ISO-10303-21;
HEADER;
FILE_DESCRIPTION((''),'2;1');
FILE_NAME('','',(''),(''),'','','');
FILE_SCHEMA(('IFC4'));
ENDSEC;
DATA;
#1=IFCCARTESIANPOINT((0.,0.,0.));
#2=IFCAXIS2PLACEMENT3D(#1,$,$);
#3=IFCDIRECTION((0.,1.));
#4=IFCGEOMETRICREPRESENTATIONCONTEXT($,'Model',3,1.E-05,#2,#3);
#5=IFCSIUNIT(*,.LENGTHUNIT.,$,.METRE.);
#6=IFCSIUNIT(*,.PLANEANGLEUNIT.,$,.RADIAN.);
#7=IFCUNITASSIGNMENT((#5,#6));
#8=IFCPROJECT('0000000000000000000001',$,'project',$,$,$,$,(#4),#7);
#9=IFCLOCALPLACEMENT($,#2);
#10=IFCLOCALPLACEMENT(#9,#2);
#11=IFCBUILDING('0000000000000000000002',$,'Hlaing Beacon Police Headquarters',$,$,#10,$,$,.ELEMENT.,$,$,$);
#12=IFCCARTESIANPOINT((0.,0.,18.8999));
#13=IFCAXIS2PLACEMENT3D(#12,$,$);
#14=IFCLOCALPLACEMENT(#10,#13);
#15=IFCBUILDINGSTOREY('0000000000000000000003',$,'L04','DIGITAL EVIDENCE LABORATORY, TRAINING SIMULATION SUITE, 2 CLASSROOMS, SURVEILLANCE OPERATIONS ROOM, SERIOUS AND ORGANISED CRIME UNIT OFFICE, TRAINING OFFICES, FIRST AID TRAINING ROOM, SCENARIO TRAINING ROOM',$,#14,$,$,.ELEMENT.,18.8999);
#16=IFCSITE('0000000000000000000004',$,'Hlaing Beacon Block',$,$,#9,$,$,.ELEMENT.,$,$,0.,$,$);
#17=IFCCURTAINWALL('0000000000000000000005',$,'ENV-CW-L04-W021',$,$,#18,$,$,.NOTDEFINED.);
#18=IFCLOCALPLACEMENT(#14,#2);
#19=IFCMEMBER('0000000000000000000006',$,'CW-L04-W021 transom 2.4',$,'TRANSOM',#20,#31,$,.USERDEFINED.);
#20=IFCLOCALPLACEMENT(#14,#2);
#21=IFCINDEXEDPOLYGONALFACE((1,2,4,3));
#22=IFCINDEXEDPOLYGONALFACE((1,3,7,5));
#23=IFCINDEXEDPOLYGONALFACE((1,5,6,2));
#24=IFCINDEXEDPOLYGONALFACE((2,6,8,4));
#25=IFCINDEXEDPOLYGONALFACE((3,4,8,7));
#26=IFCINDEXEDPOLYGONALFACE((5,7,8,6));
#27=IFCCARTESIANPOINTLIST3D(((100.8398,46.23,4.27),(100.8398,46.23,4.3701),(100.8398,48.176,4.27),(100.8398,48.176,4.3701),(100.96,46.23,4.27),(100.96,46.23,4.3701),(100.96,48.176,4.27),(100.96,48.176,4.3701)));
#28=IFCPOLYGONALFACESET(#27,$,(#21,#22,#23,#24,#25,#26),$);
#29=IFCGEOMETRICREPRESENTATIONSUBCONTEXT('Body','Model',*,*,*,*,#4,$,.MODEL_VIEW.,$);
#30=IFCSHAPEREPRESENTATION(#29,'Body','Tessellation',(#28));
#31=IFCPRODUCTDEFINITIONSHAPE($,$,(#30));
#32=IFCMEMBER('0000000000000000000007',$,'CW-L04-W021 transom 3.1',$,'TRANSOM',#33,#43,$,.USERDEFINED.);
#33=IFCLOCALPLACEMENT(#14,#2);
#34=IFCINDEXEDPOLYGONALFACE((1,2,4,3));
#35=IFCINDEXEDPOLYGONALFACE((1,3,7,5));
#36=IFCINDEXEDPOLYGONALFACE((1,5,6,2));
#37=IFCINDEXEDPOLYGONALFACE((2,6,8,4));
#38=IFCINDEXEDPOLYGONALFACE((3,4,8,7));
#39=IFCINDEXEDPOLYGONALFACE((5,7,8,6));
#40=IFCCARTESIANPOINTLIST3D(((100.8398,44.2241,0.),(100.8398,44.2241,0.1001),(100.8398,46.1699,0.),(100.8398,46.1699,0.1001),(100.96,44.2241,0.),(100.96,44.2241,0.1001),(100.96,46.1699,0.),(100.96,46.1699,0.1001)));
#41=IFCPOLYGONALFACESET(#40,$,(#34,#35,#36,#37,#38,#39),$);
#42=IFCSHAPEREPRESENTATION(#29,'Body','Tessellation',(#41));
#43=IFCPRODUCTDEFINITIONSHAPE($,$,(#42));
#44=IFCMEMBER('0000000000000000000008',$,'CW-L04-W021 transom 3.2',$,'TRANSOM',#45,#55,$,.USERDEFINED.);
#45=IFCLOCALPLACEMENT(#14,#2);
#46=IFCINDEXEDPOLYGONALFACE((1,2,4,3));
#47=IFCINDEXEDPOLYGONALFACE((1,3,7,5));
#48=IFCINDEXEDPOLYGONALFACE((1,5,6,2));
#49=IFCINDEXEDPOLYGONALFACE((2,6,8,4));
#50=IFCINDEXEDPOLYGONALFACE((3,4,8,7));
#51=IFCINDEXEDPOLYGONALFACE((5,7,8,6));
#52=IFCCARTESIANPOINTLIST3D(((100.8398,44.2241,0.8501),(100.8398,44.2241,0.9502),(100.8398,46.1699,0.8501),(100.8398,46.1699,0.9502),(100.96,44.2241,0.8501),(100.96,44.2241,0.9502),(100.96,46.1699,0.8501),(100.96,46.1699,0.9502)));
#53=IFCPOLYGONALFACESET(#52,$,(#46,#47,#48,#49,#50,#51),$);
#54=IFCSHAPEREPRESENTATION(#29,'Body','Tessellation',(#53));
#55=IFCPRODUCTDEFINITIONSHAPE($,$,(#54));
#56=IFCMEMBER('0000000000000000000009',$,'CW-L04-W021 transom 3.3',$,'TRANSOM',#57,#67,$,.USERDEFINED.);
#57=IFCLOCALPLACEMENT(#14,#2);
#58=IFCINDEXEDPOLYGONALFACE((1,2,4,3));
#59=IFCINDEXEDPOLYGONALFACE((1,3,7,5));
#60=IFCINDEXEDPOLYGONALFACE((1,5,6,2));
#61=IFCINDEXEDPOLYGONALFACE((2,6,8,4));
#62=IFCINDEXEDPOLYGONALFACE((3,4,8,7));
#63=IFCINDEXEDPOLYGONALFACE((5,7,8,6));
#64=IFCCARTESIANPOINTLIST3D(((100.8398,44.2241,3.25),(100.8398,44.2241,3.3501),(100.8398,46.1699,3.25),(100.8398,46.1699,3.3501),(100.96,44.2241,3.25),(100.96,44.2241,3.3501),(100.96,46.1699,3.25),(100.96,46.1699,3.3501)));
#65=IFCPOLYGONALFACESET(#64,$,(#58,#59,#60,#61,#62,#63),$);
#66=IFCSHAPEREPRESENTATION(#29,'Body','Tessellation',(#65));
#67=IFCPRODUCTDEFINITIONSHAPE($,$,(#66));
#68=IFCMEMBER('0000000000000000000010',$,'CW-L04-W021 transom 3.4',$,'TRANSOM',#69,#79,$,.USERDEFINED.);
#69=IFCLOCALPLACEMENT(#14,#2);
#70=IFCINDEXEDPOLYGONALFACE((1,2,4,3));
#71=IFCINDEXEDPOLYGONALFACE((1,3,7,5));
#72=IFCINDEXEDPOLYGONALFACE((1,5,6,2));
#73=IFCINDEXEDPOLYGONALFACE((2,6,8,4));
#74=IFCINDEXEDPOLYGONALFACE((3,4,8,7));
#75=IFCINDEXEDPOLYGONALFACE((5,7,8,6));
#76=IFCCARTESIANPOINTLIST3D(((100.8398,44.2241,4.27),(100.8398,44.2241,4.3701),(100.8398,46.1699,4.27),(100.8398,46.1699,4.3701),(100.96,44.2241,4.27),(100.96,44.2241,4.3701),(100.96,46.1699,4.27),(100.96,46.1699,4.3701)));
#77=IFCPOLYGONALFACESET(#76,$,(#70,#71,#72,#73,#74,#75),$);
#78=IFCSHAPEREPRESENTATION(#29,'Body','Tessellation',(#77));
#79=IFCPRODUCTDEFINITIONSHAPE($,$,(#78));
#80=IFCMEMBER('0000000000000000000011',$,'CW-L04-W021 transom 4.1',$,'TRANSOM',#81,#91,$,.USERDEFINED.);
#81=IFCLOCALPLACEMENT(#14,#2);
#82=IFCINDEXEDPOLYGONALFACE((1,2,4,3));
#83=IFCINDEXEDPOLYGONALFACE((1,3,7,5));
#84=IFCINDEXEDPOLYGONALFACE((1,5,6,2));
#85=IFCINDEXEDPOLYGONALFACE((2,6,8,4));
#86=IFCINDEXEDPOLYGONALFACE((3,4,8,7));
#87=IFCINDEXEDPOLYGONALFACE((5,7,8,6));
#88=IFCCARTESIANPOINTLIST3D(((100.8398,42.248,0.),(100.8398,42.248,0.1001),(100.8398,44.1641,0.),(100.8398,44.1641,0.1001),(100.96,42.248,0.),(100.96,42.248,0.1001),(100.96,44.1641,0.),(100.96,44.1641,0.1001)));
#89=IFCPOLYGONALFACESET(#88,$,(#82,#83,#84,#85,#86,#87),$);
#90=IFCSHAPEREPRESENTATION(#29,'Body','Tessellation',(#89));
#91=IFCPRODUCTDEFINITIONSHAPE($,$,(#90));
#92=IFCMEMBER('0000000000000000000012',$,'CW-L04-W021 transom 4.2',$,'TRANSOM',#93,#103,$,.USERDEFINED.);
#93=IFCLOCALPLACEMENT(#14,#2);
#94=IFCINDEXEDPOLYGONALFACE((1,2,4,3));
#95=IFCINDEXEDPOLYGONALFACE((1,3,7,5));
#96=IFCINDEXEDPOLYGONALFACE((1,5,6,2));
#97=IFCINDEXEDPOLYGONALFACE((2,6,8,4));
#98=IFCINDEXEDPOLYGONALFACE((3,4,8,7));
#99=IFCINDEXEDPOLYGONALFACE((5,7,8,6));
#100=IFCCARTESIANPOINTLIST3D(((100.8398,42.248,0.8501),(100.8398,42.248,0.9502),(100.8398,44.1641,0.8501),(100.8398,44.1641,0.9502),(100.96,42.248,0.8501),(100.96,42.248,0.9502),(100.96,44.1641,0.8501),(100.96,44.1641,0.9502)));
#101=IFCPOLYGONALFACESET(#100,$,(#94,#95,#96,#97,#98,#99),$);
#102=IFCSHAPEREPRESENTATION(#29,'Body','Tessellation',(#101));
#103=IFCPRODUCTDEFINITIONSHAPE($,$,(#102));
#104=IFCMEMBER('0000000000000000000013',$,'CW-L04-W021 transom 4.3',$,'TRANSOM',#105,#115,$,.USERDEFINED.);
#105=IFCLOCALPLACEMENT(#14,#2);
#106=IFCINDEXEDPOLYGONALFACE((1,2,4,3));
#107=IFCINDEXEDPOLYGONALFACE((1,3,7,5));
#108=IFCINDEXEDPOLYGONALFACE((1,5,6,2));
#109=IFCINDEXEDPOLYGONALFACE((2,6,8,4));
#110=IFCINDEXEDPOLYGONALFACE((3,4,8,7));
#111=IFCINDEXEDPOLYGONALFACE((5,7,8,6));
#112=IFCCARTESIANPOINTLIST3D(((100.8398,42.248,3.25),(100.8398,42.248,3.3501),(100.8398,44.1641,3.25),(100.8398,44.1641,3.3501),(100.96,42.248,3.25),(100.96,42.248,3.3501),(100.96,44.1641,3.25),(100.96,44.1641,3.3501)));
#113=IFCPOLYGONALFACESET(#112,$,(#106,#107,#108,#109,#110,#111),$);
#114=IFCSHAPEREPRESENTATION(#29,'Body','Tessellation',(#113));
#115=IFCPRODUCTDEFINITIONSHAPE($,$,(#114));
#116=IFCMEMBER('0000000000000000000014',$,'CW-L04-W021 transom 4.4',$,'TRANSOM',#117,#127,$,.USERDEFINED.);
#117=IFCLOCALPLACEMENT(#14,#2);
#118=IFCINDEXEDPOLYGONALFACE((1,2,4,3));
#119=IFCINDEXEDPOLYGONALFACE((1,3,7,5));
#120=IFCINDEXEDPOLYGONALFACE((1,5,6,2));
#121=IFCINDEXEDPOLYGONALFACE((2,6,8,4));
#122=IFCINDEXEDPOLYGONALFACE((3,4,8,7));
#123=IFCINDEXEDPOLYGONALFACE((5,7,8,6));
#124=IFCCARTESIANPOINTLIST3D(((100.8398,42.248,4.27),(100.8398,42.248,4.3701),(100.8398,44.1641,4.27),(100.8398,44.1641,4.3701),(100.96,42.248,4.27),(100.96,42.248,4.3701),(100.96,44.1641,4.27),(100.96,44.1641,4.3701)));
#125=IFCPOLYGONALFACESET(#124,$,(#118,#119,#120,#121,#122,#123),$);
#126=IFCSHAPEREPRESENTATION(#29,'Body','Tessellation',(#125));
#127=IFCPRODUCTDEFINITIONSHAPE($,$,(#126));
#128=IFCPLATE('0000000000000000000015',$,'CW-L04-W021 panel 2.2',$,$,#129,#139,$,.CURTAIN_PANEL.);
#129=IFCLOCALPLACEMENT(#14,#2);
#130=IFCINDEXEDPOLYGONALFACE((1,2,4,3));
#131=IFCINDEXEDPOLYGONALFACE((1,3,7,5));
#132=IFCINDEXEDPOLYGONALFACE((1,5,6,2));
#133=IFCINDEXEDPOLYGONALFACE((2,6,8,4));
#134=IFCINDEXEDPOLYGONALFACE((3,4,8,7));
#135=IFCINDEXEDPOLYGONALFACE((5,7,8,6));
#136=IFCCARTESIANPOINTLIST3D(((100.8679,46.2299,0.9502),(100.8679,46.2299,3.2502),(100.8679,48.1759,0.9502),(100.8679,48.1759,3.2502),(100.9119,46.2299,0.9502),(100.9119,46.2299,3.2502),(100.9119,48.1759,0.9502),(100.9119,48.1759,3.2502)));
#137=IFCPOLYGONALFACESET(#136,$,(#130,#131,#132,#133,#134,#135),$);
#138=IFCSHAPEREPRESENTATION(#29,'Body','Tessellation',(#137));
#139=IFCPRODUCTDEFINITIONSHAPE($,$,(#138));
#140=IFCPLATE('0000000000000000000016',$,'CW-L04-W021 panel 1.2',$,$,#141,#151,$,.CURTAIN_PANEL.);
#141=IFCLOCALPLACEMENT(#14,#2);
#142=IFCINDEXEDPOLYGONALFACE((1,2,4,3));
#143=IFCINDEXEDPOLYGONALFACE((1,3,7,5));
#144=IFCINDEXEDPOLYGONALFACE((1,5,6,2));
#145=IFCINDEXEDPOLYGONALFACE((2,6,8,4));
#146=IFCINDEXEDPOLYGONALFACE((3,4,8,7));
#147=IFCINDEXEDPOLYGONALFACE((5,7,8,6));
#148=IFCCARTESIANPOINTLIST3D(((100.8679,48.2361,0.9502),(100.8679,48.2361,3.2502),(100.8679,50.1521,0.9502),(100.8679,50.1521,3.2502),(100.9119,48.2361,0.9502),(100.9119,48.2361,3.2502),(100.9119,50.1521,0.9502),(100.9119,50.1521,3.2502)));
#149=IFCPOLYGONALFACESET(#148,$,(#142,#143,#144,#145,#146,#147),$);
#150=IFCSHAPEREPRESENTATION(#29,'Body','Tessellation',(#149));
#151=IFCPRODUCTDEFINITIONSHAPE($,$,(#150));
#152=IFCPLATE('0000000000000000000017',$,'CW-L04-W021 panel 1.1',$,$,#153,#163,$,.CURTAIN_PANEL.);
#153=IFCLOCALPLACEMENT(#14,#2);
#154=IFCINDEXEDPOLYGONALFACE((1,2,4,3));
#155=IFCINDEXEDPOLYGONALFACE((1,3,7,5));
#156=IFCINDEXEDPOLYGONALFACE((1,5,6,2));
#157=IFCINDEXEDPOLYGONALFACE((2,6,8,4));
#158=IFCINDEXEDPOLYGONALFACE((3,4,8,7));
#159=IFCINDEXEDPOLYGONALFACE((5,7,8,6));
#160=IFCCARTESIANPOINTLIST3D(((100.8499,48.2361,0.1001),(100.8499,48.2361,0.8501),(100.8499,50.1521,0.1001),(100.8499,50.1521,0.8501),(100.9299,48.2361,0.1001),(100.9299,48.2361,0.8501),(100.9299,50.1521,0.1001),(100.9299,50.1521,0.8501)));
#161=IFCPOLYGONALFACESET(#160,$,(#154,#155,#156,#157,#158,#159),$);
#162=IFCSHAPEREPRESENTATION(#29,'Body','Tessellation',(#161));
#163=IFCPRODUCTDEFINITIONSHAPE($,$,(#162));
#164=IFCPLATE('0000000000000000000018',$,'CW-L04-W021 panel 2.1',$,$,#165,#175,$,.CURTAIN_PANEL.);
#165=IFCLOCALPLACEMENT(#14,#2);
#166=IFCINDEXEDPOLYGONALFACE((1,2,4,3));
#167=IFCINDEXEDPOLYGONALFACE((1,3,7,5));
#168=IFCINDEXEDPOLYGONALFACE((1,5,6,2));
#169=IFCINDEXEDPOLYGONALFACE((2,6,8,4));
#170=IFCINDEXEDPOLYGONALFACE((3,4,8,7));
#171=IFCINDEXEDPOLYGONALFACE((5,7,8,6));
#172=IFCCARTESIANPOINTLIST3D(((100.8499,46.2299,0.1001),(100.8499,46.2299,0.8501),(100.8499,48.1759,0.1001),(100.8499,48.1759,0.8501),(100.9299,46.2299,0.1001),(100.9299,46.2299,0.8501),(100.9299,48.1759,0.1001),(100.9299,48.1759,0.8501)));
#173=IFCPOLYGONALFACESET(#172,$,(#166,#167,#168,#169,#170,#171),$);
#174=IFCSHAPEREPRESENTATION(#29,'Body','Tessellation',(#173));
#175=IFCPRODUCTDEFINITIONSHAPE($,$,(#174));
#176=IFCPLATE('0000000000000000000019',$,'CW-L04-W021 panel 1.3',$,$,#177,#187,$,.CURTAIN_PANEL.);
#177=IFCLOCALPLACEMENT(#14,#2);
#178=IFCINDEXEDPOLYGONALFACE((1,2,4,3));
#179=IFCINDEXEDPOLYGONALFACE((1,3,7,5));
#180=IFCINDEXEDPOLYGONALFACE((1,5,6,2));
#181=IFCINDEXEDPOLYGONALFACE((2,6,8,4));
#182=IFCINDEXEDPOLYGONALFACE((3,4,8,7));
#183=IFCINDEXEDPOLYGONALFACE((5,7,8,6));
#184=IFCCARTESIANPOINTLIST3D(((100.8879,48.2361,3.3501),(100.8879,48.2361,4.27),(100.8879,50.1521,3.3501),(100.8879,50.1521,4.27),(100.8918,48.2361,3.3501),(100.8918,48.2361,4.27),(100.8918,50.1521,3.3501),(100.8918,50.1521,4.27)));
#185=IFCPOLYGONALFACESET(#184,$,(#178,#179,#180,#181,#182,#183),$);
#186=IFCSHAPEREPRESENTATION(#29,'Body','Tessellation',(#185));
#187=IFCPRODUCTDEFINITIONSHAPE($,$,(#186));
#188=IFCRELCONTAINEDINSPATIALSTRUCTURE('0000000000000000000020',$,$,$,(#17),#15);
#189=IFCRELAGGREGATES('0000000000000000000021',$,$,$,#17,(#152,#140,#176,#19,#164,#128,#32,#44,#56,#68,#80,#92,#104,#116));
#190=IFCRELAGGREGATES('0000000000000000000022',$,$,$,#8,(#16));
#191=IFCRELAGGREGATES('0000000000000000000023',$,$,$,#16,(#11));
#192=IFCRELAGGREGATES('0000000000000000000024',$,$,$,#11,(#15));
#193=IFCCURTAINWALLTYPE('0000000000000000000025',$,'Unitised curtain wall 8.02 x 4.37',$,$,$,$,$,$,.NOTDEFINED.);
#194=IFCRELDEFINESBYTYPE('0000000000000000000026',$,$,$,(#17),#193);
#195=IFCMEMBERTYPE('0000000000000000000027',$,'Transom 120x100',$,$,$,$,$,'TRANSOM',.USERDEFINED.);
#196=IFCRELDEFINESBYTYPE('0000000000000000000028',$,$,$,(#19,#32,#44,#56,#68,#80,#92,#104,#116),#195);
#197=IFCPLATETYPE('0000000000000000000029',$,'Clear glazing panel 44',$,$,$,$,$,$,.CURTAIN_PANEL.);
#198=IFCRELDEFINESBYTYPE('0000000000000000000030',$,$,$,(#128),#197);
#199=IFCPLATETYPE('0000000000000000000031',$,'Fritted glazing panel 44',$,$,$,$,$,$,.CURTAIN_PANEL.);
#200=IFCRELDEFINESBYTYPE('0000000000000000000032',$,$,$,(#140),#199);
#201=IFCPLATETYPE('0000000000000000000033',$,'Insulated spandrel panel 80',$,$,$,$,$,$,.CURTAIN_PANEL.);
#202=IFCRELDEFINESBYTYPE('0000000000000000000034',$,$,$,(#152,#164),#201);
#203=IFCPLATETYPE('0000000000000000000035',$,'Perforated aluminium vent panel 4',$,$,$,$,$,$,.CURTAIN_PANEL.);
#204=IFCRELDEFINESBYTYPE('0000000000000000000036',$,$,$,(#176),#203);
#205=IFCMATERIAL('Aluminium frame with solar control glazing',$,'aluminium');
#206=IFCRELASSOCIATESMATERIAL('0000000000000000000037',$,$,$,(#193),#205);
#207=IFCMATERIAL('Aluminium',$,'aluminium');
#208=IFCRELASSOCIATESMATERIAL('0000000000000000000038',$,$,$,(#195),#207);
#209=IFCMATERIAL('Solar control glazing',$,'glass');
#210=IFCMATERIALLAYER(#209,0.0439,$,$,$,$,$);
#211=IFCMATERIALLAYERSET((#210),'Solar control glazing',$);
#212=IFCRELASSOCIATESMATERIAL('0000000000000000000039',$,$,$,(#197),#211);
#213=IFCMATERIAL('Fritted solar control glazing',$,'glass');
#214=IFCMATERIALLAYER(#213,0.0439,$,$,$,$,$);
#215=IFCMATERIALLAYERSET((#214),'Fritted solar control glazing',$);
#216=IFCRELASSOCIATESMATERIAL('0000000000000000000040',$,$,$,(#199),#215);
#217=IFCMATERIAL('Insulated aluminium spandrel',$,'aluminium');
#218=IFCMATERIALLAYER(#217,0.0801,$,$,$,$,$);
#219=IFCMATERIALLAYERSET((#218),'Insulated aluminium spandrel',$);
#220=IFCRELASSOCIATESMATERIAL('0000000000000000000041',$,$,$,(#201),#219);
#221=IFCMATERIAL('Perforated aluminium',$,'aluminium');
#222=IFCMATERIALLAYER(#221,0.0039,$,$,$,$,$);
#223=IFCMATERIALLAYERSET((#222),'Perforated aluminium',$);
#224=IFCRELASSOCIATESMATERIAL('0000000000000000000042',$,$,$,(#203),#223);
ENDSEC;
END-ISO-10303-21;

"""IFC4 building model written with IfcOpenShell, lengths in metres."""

from ifc_helpers import new_model, si_unit, direction, frame, origin, origin_2d, place, context, subcontext, project, spatial, rectangle, extrude, material, layer, layer_set, material_profile, profile_set, type_object, element, aggregate, save


model = new_model("IFC4")

# Units and contexts
model_context = context("Model", 3, precision=1e-05, world=origin(), true_north=direction((0.0, 1.0)))
body_context = subcontext(model_context, "Body", "Model", "MODEL_VIEW")
ifc_project = project(units=[si_unit("LENGTHUNIT", "METRE"), si_unit("PLANEANGLEUNIT", "RADIAN")], contexts=[model_context])

# Site, building, storey
site_placement = place(None, origin())
site = spatial("IfcSite", under=ifc_project, at=site_placement, Name="Hlaing Beacon Block", CompositionType="ELEMENT", RefElevation=0.0)
building_placement = place(site_placement, origin())
building = spatial("IfcBuilding", under=site, at=building_placement, Name="Hlaing Beacon Police Headquarters", CompositionType="ELEMENT")
storey_placement = place(building_placement, frame((0.0, 0.0, 18.8999)))
storey = spatial("IfcBuildingStorey", under=building, at=storey_placement, Name="L04", Description="DIGITAL EVIDENCE LABORATORY, TRAINING SIMULATION SUITE, 2 CLASSROOMS, SURVEILLANCE OPERATIONS ROOM, SERIOUS AND ORGANISED CRIME UNIT OFFICE, TRAINING OFFICES, FIRST AID TRAINING ROOM, SCENARIO TRAINING ROOM", CompositionType="ELEMENT", Elevation=18.8999)

# Curtain wall
ifc_material_1 = material(Name="Aluminium frame with solar control glazing", Category="aluminium")
curtain_wall_type = type_object("IfcCurtainWallType", Name="Unitised curtain wall 8.02 x 4.37", PredefinedType="NOTDEFINED", material=ifc_material_1)
curtain_wall_placement = place(storey_placement, origin())
curtain_wall = element("IfcCurtainWall", 1, at=curtain_wall_placement, inside=storey, type_object=curtain_wall_type, Name="ENV-CW-L04-W021", PredefinedType="NOTDEFINED")

# Members
ifc_material_2 = material(Name="Aluminium", Category="aluminium")
ifc_material_profile_1 = material_profile(ifc_material_2, rectangle(XDim=0.1201, YDim=0.1001, at=origin_2d()), Name="Transom 120x100")
ifc_profile_set_1 = profile_set([ifc_material_profile_1], Name="Aluminium")
member_type_1 = type_object("IfcMemberType", Name="Transom 120x100", ElementType="TRANSOM", PredefinedType="USERDEFINED", material=ifc_profile_set_1)
member_1_placement = place(storey_placement, frame((100.8999, 48.176, 4.3201), z_axis=(0.0, -1.0, 0.0), x_axis=(1.0, 0.0, 0.0)))
member_1 = element("IfcMember", 2, at=member_1_placement, type_object=member_type_1, Name="CW-L04-W021 transom 2.4", ObjectType="TRANSOM", PredefinedType="USERDEFINED", context=body_context, shape_type="SweptSolid", body=[
    extrude(rectangle(XDim=0.1201, YDim=0.1001, at=origin_2d()), origin(), (0.0, 0.0, 1.0), 1.946),
])
member_2_placement = place(storey_placement, frame((100.8999, 46.1699, 0.05), z_axis=(0.0, -1.0, 0.0), x_axis=(1.0, 0.0, 0.0)))
member_2 = element("IfcMember", 3, at=member_2_placement, type_object=member_type_1, Name="CW-L04-W021 transom 3.1", ObjectType="TRANSOM", PredefinedType="USERDEFINED", context=body_context, shape_type="SweptSolid", body=[
    extrude(rectangle(XDim=0.1201, YDim=0.1001, at=origin_2d()), origin(), (0.0, 0.0, 1.0), 1.9458),
])
member_3_placement = place(storey_placement, frame((100.8999, 46.1699, 0.9001), z_axis=(0.0, -1.0, 0.0), x_axis=(1.0, 0.0, 0.0)))
member_3 = element("IfcMember", 4, at=member_3_placement, type_object=member_type_1, Name="CW-L04-W021 transom 3.2", ObjectType="TRANSOM", PredefinedType="USERDEFINED", context=body_context, shape_type="SweptSolid", body=[
    extrude(rectangle(XDim=0.1201, YDim=0.1001, at=origin_2d()), origin(), (0.0, 0.0, 1.0), 1.9458),
])
member_4_placement = place(storey_placement, frame((100.8999, 46.1699, 3.3), z_axis=(0.0, -1.0, 0.0), x_axis=(1.0, 0.0, 0.0)))
member_4 = element("IfcMember", 5, at=member_4_placement, type_object=member_type_1, Name="CW-L04-W021 transom 3.3", ObjectType="TRANSOM", PredefinedType="USERDEFINED", context=body_context, shape_type="SweptSolid", body=[
    extrude(rectangle(XDim=0.1201, YDim=0.1001, at=origin_2d()), origin(), (0.0, 0.0, 1.0), 1.9458),
])
member_5_placement = place(storey_placement, frame((100.8999, 46.1699, 4.3201), z_axis=(0.0, -1.0, 0.0), x_axis=(1.0, 0.0, 0.0)))
member_5 = element("IfcMember", 6, at=member_5_placement, type_object=member_type_1, Name="CW-L04-W021 transom 3.4", ObjectType="TRANSOM", PredefinedType="USERDEFINED", context=body_context, shape_type="SweptSolid", body=[
    extrude(rectangle(XDim=0.1201, YDim=0.1001, at=origin_2d()), origin(), (0.0, 0.0, 1.0), 1.9458),
])
member_6_placement = place(storey_placement, frame((100.8999, 44.1641, 0.05), z_axis=(0.0, -1.0, 0.0), x_axis=(1.0, 0.0, 0.0)))
member_6 = element("IfcMember", 7, at=member_6_placement, type_object=member_type_1, Name="CW-L04-W021 transom 4.1", ObjectType="TRANSOM", PredefinedType="USERDEFINED", context=body_context, shape_type="SweptSolid", body=[
    extrude(rectangle(XDim=0.1201, YDim=0.1001, at=origin_2d()), origin(), (0.0, 0.0, 1.0), 1.916),
])
member_7_placement = place(storey_placement, frame((100.8999, 44.1641, 0.9001), z_axis=(0.0, -1.0, 0.0), x_axis=(1.0, 0.0, 0.0)))
member_7 = element("IfcMember", 8, at=member_7_placement, type_object=member_type_1, Name="CW-L04-W021 transom 4.2", ObjectType="TRANSOM", PredefinedType="USERDEFINED", context=body_context, shape_type="SweptSolid", body=[
    extrude(rectangle(XDim=0.1201, YDim=0.1001, at=origin_2d()), origin(), (0.0, 0.0, 1.0), 1.916),
])
member_8_placement = place(storey_placement, frame((100.8999, 44.1641, 3.3), z_axis=(0.0, -1.0, 0.0), x_axis=(1.0, 0.0, 0.0)))
member_8 = element("IfcMember", 9, at=member_8_placement, type_object=member_type_1, Name="CW-L04-W021 transom 4.3", ObjectType="TRANSOM", PredefinedType="USERDEFINED", context=body_context, shape_type="SweptSolid", body=[
    extrude(rectangle(XDim=0.1201, YDim=0.1001, at=origin_2d()), origin(), (0.0, 0.0, 1.0), 1.916),
])
member_9_placement = place(storey_placement, frame((100.8999, 44.1641, 4.3201), z_axis=(0.0, -1.0, 0.0), x_axis=(1.0, 0.0, 0.0)))
member_9 = element("IfcMember", 10, at=member_9_placement, type_object=member_type_1, Name="CW-L04-W021 transom 4.4", ObjectType="TRANSOM", PredefinedType="USERDEFINED", context=body_context, shape_type="SweptSolid", body=[
    extrude(rectangle(XDim=0.1201, YDim=0.1001, at=origin_2d()), origin(), (0.0, 0.0, 1.0), 1.916),
])

# Plates
ifc_material_3 = material(Name="Solar control glazing", Category="glass")
ifc_layer_1 = layer(ifc_material_3, 0.0439)
ifc_layer_set_1 = layer_set([ifc_layer_1], Name="Solar control glazing")
plate_type_1 = type_object("IfcPlateType", Name="Clear glazing panel 44", PredefinedType="CURTAIN_PANEL", material=ifc_layer_set_1)
plate_1_placement = place(storey_placement, frame((100.8899, 47.2029, 0.9502), z_axis=(0.0, 0.0, 1.0), x_axis=(0.0, -1.0, 0.0)))
plate_1 = element("IfcPlate", 11, at=plate_1_placement, type_object=plate_type_1, Name="CW-L04-W021 panel 2.2", PredefinedType="CURTAIN_PANEL", context=body_context, shape_type="SweptSolid", body=[
    extrude(rectangle(XDim=1.946, YDim=0.0439, at=origin_2d()), origin(), (0.0, 0.0, 1.0), 2.3),
])
ifc_material_4 = material(Name="Fritted solar control glazing", Category="glass")
ifc_layer_2 = layer(ifc_material_4, 0.0439)
ifc_layer_set_2 = layer_set([ifc_layer_2], Name="Fritted solar control glazing")
plate_type_2 = type_object("IfcPlateType", Name="Fritted glazing panel 44", PredefinedType="CURTAIN_PANEL", material=ifc_layer_set_2)
plate_2_placement = place(storey_placement, frame((100.8899, 49.1941, 0.9502), z_axis=(0.0, 0.0, 1.0), x_axis=(0.0, -1.0, 0.0)))
plate_2 = element("IfcPlate", 12, at=plate_2_placement, type_object=plate_type_2, Name="CW-L04-W021 panel 1.2", PredefinedType="CURTAIN_PANEL", context=body_context, shape_type="SweptSolid", body=[
    extrude(rectangle(XDim=1.916, YDim=0.0439, at=origin_2d()), origin(), (0.0, 0.0, 1.0), 2.3),
])
ifc_material_5 = material(Name="Insulated aluminium spandrel", Category="aluminium")
ifc_layer_3 = layer(ifc_material_5, 0.0801)
ifc_layer_set_3 = layer_set([ifc_layer_3], Name="Insulated aluminium spandrel")
plate_type_3 = type_object("IfcPlateType", Name="Insulated spandrel panel 80", PredefinedType="CURTAIN_PANEL", material=ifc_layer_set_3)
plate_3_placement = place(storey_placement, frame((100.8899, 49.1941, 0.1001), z_axis=(0.0, 0.0, 1.0), x_axis=(0.0, -1.0, 0.0)))
plate_3 = element("IfcPlate", 13, at=plate_3_placement, type_object=plate_type_3, Name="CW-L04-W021 panel 1.1", PredefinedType="CURTAIN_PANEL", context=body_context, shape_type="SweptSolid", body=[
    extrude(rectangle(XDim=1.916, YDim=0.0801, at=origin_2d()), origin(), (0.0, 0.0, 1.0), 0.75),
])
plate_4_placement = place(storey_placement, frame((100.8899, 47.2029, 0.1001), z_axis=(0.0, 0.0, 1.0), x_axis=(0.0, -1.0, 0.0)))
plate_4 = element("IfcPlate", 14, at=plate_4_placement, type_object=plate_type_3, Name="CW-L04-W021 panel 2.1", PredefinedType="CURTAIN_PANEL", context=body_context, shape_type="SweptSolid", body=[
    extrude(rectangle(XDim=1.946, YDim=0.0801, at=origin_2d()), origin(), (0.0, 0.0, 1.0), 0.75),
])
ifc_material_6 = material(Name="Perforated aluminium", Category="aluminium")
ifc_layer_4 = layer(ifc_material_6, 0.0039)
ifc_layer_set_4 = layer_set([ifc_layer_4], Name="Perforated aluminium")
plate_type_4 = type_object("IfcPlateType", Name="Perforated aluminium vent panel 4", PredefinedType="CURTAIN_PANEL", material=ifc_layer_set_4)
plate_5_placement = place(storey_placement, frame((100.8899, 49.1941, 3.3501), z_axis=(0.0, 0.0, 1.0), x_axis=(0.0, -1.0, 0.0)))
plate_5 = element("IfcPlate", 15, at=plate_5_placement, type_object=plate_type_4, Name="CW-L04-W021 panel 1.3", PredefinedType="CURTAIN_PANEL", context=body_context, shape_type="SweptSolid", body=[
    extrude(rectangle(XDim=1.916, YDim=0.0039, at=origin_2d()), origin(), (0.0, 0.0, 1.0), 0.9199),
])
aggregate(curtain_wall, [plate_3, plate_2, plate_5, member_1, plate_4, plate_1, member_2, member_3, member_4, member_5, member_6, member_7, member_8, member_9])

save(model, "model.ifc")
